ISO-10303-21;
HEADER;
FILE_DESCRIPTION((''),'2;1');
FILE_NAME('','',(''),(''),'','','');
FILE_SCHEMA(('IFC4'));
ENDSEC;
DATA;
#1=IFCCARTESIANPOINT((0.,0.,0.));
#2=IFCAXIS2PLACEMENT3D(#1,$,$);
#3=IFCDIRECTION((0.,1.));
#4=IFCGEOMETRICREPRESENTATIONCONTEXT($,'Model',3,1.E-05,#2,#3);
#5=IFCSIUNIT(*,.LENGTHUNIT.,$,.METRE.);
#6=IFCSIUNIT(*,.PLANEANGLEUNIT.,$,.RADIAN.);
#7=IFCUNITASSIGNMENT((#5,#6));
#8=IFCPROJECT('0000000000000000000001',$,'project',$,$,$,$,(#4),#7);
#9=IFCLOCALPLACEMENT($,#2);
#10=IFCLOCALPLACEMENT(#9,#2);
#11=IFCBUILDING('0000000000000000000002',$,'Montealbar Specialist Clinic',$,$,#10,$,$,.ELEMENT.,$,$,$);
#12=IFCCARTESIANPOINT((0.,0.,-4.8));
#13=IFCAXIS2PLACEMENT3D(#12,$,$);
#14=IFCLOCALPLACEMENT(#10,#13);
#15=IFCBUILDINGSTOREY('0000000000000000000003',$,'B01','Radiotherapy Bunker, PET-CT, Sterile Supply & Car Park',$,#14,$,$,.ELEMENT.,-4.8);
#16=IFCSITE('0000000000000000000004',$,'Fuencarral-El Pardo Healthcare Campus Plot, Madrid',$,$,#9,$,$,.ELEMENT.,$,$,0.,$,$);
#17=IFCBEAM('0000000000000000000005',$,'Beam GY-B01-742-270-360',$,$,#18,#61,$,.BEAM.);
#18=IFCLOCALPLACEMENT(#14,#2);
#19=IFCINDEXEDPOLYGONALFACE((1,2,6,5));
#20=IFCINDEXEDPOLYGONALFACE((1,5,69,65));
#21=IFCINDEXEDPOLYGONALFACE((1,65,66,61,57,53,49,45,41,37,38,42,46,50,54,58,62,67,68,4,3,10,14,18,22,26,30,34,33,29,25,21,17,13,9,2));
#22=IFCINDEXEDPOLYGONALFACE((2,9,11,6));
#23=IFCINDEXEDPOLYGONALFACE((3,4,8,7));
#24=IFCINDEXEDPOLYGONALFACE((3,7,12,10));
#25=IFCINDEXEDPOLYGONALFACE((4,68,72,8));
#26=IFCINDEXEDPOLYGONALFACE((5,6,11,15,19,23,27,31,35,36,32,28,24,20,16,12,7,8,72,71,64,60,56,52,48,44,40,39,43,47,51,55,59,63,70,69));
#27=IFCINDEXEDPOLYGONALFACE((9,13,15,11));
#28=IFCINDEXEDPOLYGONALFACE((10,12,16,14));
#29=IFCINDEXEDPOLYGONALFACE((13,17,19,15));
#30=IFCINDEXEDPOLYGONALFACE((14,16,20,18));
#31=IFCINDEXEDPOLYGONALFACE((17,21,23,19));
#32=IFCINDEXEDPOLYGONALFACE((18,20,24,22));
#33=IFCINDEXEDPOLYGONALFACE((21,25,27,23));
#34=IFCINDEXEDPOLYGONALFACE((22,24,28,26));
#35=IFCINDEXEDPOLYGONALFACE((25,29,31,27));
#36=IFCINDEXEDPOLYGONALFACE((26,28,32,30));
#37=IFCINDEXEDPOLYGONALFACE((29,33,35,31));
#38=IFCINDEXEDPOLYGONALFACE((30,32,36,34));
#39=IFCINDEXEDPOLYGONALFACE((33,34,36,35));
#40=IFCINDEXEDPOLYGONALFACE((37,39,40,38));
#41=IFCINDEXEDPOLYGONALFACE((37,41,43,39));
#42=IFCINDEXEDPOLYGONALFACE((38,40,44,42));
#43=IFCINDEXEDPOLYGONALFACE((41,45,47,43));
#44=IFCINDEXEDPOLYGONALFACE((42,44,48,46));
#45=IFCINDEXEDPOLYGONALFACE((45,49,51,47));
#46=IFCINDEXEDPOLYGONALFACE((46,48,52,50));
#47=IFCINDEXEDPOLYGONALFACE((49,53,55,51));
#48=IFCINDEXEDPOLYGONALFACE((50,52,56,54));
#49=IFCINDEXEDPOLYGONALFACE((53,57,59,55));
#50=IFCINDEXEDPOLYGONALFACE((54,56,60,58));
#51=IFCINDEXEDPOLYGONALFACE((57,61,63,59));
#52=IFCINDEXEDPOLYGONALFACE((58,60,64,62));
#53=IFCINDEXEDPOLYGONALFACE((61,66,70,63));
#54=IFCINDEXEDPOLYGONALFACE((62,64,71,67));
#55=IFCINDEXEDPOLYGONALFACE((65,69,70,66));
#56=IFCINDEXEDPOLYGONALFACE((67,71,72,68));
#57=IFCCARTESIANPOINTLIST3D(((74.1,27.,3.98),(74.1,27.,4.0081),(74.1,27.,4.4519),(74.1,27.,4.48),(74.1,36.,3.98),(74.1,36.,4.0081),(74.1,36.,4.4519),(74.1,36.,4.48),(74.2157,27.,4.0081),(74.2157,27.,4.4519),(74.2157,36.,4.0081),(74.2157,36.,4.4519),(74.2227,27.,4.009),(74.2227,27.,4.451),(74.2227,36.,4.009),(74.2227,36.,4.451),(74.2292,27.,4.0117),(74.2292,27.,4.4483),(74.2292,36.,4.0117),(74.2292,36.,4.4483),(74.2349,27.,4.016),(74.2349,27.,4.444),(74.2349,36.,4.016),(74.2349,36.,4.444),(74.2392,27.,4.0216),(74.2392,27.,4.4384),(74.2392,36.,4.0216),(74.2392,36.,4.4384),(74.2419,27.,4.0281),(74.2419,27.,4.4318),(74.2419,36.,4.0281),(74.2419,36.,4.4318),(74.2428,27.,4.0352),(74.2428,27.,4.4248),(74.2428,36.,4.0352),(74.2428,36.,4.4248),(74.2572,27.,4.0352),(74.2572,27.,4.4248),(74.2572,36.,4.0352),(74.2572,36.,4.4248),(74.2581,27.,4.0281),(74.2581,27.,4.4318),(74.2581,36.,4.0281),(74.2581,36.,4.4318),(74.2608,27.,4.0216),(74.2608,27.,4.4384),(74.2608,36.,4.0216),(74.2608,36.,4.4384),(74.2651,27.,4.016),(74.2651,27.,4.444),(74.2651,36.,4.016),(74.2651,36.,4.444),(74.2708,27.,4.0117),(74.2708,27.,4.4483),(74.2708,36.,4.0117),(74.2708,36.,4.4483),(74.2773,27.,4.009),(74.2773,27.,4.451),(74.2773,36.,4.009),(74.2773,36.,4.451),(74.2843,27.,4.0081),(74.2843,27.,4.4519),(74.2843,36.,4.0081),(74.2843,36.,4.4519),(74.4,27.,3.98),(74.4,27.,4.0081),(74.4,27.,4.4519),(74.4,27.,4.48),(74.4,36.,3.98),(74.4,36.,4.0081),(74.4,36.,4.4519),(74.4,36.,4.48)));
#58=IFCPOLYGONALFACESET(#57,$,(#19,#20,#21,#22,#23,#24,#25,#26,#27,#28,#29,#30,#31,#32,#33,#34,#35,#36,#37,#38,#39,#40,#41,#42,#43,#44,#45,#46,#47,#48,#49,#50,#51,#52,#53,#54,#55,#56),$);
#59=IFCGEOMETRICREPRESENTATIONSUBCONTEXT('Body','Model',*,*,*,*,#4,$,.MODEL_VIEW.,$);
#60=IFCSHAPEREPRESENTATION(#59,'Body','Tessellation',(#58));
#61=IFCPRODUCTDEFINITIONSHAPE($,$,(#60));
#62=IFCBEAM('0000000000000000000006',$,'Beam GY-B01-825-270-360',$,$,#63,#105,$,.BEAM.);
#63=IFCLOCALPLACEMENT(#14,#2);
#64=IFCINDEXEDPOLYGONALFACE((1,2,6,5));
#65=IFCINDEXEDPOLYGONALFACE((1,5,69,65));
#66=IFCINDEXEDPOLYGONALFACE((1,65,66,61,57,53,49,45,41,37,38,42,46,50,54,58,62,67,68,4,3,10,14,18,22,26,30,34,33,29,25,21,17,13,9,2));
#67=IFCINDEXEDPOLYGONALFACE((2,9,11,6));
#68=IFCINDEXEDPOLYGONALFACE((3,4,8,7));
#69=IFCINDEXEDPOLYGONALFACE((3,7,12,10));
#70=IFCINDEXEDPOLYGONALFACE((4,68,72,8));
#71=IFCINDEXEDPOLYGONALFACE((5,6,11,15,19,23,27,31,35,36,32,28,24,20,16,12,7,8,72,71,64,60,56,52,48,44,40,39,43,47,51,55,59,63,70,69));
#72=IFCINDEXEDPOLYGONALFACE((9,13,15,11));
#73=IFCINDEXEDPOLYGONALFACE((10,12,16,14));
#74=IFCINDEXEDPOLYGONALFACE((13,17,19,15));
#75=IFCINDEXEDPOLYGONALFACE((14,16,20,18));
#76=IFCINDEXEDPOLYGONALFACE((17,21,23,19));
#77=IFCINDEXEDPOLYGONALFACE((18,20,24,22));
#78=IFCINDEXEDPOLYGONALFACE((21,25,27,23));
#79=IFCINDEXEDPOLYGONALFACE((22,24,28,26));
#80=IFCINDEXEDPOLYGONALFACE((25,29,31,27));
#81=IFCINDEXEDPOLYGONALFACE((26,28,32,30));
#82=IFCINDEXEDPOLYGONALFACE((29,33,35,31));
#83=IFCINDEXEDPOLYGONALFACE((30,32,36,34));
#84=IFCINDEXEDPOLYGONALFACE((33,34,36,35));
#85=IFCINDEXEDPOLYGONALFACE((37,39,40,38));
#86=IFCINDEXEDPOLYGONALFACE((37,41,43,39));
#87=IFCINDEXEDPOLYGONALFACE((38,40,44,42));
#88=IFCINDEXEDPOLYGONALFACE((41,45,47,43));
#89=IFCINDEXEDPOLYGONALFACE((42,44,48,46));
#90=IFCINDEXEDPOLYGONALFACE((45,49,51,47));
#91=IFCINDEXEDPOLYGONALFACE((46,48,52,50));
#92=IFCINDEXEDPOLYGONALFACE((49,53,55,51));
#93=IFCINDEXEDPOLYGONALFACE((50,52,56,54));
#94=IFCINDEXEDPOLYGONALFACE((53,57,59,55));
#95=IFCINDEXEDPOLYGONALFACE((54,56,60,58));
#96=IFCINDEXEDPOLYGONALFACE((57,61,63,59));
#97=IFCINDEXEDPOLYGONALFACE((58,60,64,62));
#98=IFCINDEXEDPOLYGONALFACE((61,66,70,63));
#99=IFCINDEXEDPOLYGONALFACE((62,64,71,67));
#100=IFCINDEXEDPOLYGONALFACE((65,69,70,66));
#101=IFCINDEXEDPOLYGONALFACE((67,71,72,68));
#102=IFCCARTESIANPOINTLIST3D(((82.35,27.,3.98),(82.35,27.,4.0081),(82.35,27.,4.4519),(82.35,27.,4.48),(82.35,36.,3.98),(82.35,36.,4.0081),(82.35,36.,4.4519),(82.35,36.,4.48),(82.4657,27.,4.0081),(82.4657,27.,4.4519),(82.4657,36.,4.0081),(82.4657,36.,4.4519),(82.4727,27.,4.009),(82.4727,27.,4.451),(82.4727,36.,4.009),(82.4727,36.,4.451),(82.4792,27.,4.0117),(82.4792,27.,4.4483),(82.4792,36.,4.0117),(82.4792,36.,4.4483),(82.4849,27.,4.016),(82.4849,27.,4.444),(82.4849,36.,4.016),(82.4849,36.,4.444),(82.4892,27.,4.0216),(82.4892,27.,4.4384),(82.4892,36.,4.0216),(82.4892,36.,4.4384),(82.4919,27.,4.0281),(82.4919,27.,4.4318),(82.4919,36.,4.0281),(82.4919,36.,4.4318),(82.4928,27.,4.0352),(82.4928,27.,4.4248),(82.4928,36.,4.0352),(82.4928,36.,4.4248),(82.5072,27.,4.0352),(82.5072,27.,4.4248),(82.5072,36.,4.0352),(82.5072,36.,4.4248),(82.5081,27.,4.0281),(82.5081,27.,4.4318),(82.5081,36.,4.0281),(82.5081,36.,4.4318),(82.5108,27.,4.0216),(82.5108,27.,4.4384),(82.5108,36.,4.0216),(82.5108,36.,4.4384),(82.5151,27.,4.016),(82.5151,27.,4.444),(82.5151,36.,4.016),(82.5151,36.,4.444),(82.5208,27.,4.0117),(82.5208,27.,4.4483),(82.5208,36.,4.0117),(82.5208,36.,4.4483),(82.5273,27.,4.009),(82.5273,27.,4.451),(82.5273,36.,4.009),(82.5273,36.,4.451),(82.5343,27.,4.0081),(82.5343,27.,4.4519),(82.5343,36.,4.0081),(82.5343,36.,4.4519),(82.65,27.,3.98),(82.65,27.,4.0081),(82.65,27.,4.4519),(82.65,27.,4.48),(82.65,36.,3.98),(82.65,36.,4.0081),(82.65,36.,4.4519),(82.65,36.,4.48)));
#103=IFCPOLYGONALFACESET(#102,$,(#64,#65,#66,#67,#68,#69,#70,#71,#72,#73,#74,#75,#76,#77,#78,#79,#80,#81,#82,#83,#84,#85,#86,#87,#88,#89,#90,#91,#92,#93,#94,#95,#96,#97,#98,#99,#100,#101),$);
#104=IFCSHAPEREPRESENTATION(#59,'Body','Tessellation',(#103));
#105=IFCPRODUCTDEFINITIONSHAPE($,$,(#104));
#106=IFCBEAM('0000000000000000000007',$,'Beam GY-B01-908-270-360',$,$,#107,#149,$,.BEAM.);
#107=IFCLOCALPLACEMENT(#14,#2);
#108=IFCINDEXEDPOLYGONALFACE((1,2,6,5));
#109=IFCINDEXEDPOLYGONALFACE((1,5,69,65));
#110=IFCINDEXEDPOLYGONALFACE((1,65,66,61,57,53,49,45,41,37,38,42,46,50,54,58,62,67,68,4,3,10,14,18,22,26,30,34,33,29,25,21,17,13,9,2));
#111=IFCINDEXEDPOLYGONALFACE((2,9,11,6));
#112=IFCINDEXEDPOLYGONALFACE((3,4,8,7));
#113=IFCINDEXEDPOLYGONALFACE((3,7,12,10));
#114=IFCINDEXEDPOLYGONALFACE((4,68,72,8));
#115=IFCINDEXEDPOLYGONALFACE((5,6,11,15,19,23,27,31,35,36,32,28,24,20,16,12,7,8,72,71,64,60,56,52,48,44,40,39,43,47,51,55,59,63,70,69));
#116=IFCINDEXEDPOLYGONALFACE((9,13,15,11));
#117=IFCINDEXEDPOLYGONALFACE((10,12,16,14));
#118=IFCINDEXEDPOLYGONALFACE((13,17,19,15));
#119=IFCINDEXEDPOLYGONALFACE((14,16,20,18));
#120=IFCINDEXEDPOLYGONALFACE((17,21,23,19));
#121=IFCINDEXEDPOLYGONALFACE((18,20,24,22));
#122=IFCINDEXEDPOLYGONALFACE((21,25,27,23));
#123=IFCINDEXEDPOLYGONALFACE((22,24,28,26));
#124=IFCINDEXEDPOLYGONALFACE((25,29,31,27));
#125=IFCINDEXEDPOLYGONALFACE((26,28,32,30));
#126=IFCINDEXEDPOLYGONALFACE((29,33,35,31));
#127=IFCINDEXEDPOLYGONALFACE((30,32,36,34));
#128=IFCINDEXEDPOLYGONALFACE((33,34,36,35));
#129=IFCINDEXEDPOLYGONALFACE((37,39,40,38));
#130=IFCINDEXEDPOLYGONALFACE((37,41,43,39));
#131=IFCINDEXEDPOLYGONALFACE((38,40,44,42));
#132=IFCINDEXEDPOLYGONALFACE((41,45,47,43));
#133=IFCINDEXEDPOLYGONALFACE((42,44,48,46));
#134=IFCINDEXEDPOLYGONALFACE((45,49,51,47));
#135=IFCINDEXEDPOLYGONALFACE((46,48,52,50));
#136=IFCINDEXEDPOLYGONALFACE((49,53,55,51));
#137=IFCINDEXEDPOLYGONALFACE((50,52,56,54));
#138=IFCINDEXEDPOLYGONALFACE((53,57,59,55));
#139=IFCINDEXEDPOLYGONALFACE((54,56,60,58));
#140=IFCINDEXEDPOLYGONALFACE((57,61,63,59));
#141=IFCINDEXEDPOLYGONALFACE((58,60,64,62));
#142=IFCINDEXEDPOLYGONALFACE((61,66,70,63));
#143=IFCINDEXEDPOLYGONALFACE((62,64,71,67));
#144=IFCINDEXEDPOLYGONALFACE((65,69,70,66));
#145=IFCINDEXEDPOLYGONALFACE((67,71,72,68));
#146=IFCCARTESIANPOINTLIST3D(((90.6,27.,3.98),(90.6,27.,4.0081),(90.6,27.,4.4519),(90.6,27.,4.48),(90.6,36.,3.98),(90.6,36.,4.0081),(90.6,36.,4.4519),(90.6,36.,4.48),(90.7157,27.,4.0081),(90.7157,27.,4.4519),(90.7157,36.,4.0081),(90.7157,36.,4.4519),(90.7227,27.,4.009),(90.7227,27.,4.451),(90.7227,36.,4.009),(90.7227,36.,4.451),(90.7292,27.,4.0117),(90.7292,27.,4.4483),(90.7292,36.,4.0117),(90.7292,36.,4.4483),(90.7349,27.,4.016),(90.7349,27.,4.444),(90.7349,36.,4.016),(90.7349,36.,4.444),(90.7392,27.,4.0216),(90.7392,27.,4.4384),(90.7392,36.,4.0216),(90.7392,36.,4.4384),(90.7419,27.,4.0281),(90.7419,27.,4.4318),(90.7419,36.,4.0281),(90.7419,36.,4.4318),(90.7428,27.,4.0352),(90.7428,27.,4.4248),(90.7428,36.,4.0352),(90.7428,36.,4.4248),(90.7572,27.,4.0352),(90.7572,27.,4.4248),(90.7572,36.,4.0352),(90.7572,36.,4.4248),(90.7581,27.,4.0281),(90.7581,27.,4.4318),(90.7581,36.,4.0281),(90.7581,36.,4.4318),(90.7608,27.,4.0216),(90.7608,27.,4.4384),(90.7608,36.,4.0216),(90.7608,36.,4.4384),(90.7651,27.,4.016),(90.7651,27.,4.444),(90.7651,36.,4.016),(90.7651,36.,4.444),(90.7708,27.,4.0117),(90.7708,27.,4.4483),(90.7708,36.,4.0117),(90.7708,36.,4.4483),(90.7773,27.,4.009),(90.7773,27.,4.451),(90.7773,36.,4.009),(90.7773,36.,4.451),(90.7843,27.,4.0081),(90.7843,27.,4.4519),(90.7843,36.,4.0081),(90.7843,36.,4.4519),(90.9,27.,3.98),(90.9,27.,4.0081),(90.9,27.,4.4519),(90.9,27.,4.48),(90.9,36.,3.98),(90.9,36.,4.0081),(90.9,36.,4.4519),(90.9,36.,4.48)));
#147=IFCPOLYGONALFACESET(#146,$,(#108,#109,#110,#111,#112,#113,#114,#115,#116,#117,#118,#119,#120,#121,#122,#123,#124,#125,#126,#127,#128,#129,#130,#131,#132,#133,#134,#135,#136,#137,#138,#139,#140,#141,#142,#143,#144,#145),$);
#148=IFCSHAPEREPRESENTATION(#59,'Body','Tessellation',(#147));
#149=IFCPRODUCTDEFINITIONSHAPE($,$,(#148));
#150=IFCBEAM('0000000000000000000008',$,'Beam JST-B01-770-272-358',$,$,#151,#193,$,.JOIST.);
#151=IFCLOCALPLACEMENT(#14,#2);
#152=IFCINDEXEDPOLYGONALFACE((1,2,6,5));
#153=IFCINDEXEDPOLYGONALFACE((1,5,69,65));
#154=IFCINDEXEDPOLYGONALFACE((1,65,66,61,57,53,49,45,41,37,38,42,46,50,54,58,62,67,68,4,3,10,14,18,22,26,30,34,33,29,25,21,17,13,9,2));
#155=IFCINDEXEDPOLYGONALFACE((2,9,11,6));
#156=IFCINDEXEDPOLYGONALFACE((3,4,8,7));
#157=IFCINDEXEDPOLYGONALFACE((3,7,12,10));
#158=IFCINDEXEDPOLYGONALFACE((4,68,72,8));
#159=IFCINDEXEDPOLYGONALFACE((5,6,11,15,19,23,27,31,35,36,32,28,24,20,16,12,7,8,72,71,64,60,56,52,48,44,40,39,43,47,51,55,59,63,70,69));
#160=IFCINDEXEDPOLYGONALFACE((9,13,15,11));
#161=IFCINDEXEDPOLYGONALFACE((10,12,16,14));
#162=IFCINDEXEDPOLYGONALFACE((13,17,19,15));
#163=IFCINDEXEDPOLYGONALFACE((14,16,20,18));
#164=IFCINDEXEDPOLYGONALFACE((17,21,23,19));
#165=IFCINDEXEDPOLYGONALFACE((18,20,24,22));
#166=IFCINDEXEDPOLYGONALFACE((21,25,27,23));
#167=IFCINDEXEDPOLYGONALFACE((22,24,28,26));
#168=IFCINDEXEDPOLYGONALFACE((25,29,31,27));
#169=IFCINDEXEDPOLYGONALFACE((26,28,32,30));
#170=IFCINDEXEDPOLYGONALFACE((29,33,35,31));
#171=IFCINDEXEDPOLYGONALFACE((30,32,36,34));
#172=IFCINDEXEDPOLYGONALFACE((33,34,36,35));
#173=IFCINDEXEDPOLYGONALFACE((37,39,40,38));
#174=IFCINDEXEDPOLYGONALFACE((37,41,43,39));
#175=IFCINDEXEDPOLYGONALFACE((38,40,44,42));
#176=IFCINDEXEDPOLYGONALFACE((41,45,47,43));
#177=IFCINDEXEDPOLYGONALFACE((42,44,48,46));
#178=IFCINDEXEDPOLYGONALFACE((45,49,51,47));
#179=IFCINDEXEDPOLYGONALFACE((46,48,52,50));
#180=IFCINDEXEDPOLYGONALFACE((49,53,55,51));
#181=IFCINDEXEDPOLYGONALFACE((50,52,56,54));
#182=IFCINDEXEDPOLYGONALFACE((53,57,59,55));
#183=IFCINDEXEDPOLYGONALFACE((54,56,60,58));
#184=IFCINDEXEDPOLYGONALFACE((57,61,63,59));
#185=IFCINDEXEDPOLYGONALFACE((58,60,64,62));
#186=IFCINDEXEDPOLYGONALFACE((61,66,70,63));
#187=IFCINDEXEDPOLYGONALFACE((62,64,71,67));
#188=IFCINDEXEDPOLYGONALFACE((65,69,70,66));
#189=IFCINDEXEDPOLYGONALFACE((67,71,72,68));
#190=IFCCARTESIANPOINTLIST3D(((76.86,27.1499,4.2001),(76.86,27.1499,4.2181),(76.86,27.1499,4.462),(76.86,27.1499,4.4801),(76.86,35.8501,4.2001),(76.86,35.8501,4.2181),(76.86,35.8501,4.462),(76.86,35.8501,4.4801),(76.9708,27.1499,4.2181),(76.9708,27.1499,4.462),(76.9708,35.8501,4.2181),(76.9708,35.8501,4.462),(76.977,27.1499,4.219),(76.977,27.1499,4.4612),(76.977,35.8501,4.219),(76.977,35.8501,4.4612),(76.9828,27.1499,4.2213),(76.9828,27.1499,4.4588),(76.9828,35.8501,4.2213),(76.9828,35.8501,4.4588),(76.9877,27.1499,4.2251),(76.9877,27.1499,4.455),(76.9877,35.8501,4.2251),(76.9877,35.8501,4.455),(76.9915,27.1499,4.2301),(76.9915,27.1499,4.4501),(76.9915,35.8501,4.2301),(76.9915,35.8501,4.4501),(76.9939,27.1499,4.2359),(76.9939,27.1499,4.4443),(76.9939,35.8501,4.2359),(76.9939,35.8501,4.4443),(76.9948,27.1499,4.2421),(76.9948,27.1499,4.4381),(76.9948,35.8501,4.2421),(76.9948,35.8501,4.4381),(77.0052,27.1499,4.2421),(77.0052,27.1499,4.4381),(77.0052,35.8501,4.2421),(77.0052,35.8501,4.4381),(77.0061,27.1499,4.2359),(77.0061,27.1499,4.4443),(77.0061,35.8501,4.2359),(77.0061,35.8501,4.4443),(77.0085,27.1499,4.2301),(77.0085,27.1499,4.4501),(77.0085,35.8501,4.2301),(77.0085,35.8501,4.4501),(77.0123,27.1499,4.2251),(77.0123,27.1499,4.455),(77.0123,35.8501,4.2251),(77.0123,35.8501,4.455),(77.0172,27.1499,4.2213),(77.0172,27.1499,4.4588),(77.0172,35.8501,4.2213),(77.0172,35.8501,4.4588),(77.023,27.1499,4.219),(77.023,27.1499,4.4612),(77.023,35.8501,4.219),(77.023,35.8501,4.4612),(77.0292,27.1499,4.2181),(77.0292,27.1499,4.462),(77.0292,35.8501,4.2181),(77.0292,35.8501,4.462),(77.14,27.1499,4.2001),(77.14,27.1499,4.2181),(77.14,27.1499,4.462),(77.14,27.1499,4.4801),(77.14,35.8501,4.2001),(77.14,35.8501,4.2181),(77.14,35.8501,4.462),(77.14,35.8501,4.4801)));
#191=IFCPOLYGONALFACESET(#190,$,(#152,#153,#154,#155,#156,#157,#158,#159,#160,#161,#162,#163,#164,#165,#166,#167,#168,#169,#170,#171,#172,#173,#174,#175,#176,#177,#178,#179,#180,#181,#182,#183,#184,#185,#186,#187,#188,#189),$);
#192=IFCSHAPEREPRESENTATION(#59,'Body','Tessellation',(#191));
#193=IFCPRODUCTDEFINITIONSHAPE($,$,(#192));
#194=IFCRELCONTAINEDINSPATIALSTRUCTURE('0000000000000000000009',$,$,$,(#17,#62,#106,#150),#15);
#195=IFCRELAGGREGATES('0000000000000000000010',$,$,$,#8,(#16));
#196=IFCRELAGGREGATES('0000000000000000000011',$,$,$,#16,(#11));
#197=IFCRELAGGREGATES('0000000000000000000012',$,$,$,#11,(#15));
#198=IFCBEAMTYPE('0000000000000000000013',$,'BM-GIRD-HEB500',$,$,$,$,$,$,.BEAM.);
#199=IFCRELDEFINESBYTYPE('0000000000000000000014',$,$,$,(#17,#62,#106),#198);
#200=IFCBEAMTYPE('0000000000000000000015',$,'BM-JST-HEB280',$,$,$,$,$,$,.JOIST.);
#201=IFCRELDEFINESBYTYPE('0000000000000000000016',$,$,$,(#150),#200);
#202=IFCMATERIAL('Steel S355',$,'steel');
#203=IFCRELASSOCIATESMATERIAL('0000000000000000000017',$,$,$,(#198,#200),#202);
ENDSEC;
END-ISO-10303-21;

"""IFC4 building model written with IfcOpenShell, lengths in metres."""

from ifc_helpers import new_model, si_unit, direction, frame, origin, origin_2d, place, context, subcontext, project, spatial, i_section, extrude, material, material_profile, profile_set, type_object, element, save


model = new_model("IFC4")

# Units and contexts
model_context = context("Model", 3, precision=1e-05, world=origin(), true_north=direction((0.0, 1.0)))
body_context = subcontext(model_context, "Body", "Model", "MODEL_VIEW")
ifc_project = project(units=[si_unit("LENGTHUNIT", "METRE"), si_unit("PLANEANGLEUNIT", "RADIAN")], contexts=[model_context])

# Site, building, storey
site_placement = place(None, origin())
site = spatial("IfcSite", under=ifc_project, at=site_placement, Name="Fuencarral-El Pardo Healthcare Campus Plot, Madrid", CompositionType="ELEMENT", RefElevation=0.0)
building_placement = place(site_placement, origin())
building = spatial("IfcBuilding", under=site, at=building_placement, Name="Montealbar Specialist Clinic", CompositionType="ELEMENT")
storey_placement = place(building_placement, frame((0.0, 0.0, -4.8)))
storey = spatial("IfcBuildingStorey", under=building, at=storey_placement, Name="B01", Description="Radiotherapy Bunker, PET-CT, Sterile Supply & Car Park", CompositionType="ELEMENT", Elevation=-4.8)

# Shared definitions
ifc_material_1 = material(Name="Steel S355", Category="steel")

# Beams
ifc_material_profile_1 = material_profile(ifc_material_1, i_section(OverallWidth=0.3, OverallDepth=0.5, WebThickness=0.0144, FlangeThickness=0.0281, FilletRadius=0.0271, at=origin_2d()), Name="HEB 500", Category="steel")
ifc_profile_set_1 = profile_set([ifc_material_profile_1], Name="Steel S355")
beam_type_1 = type_object("IfcBeamType", Name="BM-GIRD-HEB500", PredefinedType="BEAM", material=ifc_profile_set_1)
for number, where, z_axis, x_axis, name in (
    (1, (74.25, 27.0, 4.23), (0.0, 1.0, 0.0), (-1.0, 0.0, 0.0), "Beam GY-B01-742-270-360"),
    (2, (82.5, 27.0, 4.23), (0.0, 1.0, 0.0), (-1.0, 0.0, 0.0), "Beam GY-B01-825-270-360"),
    (3, (90.75, 27.0, 4.23), (0.0, 1.0, 0.0), (-1.0, 0.0, 0.0), "Beam GY-B01-908-270-360"),
):
    element("IfcBeam", number, at=place(storey_placement, frame(where, z_axis=z_axis, x_axis=x_axis)), inside=storey, type_object=beam_type_1, Name=name, PredefinedType="BEAM", context=body_context, shape_type="SweptSolid", body=[
        extrude(i_section(OverallWidth=0.3, OverallDepth=0.5, WebThickness=0.0144, FlangeThickness=0.0281, FilletRadius=0.0271, at=origin_2d()), origin(), (0.0, 0.0, 1.0), 9.0),
    ])
ifc_material_profile_2 = material_profile(ifc_material_1, i_section(OverallWidth=0.28, OverallDepth=0.28, WebThickness=0.0105, FlangeThickness=0.0181, FilletRadius=0.0239, at=origin_2d()), Name="HEB 280", Category="steel")
ifc_profile_set_2 = profile_set([ifc_material_profile_2], Name="Steel S355")
beam_type_2 = type_object("IfcBeamType", Name="BM-JST-HEB280", PredefinedType="JOIST", material=ifc_profile_set_2)
beam_1_placement = place(storey_placement, frame((77.0, 27.1499, 4.3401), z_axis=(0.0, 1.0, 0.0), x_axis=(-1.0, 0.0, 0.0)))
element("IfcBeam", 4, at=beam_1_placement, inside=storey, type_object=beam_type_2, Name="Beam JST-B01-770-272-358", PredefinedType="JOIST", context=body_context, shape_type="SweptSolid", body=[
    extrude(i_section(OverallWidth=0.28, OverallDepth=0.28, WebThickness=0.0105, FlangeThickness=0.0181, FilletRadius=0.0239, at=origin_2d()), origin(), (0.0, 0.0, 1.0), 8.7002),
])

save(model, "model.ifc")
